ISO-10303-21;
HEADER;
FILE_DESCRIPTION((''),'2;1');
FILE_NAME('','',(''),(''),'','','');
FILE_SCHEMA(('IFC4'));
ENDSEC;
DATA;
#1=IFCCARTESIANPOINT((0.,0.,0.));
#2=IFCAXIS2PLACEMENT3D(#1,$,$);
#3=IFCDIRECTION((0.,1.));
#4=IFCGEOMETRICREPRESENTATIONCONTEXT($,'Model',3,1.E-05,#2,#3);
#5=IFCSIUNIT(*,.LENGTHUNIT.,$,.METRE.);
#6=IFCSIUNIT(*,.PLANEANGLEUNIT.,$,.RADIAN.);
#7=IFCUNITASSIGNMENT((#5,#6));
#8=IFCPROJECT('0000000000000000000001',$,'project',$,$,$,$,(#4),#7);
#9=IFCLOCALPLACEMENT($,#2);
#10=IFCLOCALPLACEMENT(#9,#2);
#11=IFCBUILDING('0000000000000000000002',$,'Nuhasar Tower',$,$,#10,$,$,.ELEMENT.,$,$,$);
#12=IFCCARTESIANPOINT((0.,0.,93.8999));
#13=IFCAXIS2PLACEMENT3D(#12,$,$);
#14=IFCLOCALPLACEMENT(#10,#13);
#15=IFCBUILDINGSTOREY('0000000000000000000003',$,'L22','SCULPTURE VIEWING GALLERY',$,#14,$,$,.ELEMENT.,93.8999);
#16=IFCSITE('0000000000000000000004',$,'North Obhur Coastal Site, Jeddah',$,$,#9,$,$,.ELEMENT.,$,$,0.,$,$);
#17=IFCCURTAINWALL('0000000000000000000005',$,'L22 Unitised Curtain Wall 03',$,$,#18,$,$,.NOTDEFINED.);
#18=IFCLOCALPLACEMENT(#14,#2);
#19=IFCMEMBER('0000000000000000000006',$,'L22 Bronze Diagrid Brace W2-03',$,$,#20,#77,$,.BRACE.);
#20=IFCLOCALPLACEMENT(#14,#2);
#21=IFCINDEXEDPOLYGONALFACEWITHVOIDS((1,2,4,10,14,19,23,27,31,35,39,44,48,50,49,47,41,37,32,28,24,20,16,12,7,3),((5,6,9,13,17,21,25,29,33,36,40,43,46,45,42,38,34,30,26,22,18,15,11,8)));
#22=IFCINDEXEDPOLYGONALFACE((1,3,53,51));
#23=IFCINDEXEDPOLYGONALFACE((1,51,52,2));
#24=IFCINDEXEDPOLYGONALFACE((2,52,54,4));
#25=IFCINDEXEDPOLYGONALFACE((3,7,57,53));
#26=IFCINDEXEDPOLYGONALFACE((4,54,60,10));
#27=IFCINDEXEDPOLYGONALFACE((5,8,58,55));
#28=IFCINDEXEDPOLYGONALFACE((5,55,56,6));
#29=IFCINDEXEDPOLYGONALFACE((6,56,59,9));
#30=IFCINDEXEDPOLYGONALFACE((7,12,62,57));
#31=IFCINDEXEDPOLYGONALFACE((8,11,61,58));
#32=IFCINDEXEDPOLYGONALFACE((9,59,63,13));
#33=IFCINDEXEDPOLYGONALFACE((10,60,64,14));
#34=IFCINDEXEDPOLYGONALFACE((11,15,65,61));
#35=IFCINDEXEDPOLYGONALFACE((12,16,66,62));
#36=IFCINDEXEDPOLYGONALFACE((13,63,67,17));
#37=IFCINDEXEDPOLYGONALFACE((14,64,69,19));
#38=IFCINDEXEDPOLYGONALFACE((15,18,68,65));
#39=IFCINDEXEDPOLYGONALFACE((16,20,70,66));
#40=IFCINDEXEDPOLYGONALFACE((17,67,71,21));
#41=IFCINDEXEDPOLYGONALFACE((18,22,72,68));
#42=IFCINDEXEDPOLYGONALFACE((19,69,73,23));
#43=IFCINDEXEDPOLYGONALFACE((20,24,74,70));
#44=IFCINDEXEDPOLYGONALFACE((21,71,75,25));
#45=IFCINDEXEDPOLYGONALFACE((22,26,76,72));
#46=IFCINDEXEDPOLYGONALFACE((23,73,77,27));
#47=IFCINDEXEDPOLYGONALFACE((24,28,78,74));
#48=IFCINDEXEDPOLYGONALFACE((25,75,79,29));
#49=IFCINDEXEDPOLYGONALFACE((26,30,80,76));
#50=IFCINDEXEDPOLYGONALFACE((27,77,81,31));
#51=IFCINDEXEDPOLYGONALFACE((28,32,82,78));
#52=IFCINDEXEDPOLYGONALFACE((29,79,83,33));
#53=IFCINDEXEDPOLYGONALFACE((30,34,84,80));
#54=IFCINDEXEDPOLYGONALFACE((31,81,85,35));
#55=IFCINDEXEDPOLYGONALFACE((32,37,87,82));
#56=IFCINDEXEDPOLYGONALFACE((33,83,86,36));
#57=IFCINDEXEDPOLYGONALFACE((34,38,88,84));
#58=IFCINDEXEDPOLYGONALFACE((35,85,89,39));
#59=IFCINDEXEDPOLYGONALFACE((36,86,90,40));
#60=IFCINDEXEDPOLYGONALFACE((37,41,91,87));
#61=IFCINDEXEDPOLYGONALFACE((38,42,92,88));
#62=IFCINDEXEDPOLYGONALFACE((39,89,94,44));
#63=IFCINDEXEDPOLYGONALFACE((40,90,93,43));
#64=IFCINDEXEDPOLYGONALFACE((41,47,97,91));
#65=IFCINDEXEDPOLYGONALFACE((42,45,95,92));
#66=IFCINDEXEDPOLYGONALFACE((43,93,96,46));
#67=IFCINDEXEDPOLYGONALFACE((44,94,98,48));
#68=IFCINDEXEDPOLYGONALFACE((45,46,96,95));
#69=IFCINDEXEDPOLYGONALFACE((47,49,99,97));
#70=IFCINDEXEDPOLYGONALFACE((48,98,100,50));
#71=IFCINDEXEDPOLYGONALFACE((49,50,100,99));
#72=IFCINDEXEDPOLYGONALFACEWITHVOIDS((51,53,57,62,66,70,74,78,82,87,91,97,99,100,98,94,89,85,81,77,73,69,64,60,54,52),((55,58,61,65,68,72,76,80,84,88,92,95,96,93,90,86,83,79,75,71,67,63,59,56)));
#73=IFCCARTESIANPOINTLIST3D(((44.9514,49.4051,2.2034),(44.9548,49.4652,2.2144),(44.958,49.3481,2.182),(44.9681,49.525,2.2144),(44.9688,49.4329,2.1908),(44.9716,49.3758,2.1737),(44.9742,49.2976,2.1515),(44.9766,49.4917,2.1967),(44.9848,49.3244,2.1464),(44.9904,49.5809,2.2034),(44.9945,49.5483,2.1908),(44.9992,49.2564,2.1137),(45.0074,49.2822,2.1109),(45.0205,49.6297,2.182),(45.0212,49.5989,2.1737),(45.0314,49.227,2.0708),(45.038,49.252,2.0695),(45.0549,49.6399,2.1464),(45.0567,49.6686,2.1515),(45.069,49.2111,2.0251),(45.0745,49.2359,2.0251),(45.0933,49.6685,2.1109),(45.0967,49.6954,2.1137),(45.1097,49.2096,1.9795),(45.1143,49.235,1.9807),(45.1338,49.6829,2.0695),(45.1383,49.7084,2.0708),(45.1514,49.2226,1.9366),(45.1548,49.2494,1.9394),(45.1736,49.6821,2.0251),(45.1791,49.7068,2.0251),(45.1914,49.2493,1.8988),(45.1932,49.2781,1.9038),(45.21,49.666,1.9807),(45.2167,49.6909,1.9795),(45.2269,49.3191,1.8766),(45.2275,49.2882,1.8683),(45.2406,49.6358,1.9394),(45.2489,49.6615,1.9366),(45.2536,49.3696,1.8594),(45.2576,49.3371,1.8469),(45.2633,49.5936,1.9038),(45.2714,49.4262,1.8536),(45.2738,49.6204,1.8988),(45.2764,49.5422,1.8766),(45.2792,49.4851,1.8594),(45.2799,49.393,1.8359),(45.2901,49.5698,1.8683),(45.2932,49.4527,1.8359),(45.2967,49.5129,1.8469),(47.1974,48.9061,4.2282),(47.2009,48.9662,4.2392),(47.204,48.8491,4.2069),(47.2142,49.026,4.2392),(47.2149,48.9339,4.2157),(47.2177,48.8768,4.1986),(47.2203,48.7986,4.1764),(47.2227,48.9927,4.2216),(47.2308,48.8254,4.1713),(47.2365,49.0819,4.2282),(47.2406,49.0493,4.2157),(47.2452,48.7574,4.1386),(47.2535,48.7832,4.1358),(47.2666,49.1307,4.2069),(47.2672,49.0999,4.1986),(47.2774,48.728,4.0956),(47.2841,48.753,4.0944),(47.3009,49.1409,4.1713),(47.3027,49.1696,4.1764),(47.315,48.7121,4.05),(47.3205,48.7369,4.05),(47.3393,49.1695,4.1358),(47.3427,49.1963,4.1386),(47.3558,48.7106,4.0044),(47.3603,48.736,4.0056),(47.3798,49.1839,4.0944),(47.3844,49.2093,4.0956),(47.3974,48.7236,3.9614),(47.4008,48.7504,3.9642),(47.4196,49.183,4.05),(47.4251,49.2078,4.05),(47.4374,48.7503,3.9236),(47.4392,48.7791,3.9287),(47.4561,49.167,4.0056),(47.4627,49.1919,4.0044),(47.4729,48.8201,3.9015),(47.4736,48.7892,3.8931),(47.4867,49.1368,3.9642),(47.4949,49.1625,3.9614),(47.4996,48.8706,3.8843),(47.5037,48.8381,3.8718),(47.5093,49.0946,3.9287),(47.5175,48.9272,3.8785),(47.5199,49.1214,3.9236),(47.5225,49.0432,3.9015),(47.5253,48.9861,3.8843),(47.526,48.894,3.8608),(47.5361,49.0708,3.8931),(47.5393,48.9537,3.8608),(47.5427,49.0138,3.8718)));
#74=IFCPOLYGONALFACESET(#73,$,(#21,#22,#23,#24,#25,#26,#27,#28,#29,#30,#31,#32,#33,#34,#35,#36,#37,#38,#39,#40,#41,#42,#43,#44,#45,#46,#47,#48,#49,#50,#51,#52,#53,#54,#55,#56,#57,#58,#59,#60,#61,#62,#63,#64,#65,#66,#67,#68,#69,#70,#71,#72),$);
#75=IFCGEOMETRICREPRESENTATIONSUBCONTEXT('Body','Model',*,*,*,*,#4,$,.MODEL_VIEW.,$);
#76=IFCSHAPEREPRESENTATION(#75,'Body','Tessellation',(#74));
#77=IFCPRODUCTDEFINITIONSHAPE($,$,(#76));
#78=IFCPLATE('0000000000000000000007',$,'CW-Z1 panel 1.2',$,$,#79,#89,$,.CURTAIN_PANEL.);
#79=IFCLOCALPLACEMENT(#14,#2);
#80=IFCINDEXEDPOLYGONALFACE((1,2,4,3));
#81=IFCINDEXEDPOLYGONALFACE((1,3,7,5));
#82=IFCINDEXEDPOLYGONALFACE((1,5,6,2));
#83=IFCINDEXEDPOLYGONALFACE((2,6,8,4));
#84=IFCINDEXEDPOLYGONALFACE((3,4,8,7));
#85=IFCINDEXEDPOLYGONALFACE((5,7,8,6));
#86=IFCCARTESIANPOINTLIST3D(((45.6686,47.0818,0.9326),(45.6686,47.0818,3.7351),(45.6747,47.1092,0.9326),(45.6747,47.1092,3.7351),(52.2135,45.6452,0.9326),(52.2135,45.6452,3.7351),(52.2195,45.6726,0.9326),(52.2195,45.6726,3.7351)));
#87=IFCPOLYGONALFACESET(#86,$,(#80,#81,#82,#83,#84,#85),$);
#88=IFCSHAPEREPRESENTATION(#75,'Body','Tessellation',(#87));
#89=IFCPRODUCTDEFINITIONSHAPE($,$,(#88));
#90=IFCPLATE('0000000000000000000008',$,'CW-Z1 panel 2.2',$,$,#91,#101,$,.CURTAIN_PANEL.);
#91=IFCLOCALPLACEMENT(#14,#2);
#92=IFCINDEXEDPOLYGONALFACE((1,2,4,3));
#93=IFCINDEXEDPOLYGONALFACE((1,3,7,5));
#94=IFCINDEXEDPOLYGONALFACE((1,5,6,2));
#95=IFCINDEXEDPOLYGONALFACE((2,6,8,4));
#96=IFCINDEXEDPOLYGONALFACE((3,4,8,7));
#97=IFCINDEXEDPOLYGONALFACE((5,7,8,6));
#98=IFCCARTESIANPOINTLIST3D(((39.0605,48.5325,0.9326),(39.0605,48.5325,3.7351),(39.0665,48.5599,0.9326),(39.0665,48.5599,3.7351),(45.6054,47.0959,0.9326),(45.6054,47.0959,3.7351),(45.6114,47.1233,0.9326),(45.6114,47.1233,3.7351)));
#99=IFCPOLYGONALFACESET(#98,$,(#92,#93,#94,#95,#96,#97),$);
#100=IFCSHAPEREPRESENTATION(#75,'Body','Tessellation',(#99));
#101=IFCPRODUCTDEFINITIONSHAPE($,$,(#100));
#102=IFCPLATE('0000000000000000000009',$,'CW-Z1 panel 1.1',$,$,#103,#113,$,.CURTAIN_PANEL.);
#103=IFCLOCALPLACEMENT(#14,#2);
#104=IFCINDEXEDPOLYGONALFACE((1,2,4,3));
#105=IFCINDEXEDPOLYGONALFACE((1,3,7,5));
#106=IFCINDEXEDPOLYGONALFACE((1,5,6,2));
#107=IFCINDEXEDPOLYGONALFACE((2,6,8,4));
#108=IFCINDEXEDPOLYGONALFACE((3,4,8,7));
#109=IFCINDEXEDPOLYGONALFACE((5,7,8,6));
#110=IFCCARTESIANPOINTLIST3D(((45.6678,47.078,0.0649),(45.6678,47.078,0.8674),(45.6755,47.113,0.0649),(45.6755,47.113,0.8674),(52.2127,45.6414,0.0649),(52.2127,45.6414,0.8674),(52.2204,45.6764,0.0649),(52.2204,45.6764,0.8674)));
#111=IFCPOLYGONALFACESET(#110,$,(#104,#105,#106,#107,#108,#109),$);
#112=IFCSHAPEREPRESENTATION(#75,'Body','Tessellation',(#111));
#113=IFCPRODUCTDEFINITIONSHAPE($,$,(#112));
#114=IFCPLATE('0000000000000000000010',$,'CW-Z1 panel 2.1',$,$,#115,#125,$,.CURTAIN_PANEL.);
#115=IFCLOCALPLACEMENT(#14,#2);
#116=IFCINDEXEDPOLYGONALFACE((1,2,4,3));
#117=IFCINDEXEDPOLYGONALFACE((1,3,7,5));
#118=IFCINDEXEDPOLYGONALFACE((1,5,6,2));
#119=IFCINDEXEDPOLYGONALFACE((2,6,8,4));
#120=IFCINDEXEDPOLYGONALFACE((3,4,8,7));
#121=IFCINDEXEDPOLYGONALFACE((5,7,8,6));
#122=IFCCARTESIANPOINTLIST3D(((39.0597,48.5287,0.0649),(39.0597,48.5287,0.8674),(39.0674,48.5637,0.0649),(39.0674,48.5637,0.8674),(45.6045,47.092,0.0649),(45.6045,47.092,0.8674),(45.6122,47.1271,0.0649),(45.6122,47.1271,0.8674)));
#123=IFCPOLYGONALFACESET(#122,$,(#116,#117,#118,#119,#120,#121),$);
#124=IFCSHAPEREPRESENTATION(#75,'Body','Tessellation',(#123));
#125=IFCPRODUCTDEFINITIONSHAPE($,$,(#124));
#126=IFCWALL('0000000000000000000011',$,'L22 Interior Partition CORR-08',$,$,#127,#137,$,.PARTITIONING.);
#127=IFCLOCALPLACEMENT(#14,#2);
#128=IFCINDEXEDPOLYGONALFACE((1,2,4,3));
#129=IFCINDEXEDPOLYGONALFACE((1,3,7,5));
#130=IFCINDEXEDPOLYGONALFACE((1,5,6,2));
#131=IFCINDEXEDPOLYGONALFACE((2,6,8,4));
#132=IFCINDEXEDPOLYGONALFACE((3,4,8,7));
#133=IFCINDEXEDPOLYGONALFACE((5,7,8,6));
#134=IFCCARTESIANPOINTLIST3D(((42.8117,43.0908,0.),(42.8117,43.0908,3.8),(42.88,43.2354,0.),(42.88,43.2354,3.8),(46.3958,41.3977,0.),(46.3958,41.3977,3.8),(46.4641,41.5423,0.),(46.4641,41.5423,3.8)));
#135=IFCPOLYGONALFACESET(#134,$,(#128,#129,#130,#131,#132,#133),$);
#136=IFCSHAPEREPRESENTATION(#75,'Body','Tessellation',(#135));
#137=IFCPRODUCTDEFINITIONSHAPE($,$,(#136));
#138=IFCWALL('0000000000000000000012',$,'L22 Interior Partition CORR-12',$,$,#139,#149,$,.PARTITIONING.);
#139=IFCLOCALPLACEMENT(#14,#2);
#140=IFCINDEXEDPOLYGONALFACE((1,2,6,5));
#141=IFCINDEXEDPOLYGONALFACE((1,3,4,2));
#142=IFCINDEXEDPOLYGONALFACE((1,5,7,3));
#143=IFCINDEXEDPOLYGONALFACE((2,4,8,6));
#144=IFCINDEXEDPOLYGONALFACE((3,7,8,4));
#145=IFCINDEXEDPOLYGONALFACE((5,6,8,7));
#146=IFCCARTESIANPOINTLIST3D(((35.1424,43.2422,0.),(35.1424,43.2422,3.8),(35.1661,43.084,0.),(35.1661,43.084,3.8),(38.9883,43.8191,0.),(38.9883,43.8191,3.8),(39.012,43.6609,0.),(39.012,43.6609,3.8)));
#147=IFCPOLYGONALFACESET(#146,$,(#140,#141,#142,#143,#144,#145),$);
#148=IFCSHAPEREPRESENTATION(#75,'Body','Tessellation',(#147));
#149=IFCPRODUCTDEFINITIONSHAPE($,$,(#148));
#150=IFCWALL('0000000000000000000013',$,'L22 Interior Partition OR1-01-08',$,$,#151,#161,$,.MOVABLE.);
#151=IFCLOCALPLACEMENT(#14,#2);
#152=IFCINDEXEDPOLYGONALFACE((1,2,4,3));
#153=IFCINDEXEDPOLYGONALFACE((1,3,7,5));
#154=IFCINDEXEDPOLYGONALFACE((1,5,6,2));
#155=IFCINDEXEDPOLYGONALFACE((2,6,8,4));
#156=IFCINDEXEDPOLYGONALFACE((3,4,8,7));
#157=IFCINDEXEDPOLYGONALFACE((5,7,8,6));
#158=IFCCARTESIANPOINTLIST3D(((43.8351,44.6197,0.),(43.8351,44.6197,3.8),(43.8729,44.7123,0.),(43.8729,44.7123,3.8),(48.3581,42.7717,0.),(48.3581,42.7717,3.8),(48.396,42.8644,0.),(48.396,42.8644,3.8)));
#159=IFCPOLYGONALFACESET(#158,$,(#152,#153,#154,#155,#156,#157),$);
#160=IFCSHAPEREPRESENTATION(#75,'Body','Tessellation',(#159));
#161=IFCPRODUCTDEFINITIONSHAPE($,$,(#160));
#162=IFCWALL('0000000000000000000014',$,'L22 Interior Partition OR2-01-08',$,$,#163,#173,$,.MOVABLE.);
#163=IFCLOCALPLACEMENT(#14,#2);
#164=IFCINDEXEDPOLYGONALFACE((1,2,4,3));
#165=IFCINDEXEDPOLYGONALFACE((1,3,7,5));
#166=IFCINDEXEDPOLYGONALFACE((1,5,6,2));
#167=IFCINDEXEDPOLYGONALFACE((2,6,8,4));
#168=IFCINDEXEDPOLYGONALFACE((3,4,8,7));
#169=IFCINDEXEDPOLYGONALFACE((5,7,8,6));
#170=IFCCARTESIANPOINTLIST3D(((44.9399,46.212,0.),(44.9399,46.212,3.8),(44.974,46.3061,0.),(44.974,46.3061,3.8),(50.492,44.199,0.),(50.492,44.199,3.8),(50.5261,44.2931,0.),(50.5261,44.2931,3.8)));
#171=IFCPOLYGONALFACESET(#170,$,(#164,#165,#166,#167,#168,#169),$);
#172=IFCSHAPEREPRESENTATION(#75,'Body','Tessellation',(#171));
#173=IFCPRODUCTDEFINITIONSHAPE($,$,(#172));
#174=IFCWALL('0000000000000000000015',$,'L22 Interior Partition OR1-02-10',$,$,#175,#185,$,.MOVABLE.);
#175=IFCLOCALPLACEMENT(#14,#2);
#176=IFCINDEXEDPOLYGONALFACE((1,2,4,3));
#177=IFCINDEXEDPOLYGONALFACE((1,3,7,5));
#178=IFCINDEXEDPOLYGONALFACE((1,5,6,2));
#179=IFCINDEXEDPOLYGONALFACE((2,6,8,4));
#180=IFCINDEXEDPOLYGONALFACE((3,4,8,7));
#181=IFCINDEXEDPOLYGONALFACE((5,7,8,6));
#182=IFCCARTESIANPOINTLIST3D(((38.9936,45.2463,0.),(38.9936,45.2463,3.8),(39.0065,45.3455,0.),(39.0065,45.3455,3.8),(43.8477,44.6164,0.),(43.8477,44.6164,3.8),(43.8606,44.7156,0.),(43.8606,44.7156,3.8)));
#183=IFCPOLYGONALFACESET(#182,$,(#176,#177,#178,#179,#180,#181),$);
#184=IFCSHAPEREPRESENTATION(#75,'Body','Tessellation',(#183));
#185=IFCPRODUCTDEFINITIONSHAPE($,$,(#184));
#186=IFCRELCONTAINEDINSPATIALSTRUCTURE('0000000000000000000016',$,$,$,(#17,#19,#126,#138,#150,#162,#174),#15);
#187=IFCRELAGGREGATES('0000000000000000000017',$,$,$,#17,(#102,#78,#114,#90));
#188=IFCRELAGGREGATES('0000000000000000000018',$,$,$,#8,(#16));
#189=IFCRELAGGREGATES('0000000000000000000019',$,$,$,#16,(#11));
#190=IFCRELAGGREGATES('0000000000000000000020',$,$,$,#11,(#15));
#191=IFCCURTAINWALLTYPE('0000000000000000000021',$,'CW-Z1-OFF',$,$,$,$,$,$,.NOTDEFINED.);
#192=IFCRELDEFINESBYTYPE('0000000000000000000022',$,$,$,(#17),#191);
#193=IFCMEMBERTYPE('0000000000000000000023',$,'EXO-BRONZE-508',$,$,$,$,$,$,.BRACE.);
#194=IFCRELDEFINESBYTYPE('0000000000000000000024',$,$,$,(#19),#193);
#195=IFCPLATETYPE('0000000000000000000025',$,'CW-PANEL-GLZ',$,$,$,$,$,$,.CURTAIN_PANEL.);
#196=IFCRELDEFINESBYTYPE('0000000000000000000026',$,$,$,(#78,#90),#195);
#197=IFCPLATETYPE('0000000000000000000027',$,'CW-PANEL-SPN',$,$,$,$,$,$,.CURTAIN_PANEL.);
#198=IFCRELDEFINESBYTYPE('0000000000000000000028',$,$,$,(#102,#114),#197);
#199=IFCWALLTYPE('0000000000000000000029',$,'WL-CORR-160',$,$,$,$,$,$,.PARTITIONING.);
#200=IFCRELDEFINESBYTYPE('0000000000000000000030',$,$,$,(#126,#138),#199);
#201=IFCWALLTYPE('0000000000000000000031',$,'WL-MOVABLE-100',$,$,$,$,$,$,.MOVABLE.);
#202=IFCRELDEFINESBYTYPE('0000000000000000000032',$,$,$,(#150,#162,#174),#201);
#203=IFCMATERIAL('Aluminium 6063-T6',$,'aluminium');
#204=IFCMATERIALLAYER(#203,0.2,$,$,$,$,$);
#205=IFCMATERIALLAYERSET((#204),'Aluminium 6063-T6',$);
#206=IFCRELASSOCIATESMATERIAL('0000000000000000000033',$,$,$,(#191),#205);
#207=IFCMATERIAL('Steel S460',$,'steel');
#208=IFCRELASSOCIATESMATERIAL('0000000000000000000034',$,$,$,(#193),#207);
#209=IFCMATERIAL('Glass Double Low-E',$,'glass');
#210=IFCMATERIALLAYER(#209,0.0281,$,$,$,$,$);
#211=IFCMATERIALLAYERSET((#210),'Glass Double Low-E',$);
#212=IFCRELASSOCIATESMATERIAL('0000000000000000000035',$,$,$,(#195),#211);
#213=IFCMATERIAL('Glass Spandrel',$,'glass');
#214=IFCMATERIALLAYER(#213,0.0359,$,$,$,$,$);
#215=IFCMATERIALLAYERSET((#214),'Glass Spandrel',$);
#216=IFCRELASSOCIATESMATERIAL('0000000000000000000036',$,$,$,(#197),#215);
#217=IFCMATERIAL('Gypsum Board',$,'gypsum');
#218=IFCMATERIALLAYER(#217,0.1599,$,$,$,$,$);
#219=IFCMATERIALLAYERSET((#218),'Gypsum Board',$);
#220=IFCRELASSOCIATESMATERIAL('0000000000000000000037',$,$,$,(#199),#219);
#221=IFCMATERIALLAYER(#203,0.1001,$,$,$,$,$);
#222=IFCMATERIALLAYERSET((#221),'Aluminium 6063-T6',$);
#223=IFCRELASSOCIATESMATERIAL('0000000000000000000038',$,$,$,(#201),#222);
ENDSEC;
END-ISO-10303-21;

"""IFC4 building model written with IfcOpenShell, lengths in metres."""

from ifc_helpers import new_model, si_unit, direction, frame, frame_2d, origin, origin_2d, place, context, subcontext, project, spatial, rectangle, hollow_circle, extrude, material, layer, layer_set, material_profile, profile_set, type_object, element, aggregate, save


model = new_model("IFC4")

# Units and contexts
model_context = context("Model", 3, precision=1e-05, world=origin(), true_north=direction((0.0, 1.0)))
body_context = subcontext(model_context, "Body", "Model", "MODEL_VIEW")
ifc_project = project(units=[si_unit("LENGTHUNIT", "METRE"), si_unit("PLANEANGLEUNIT", "RADIAN")], contexts=[model_context])

# Site, building, storey
site_placement = place(None, origin())
site = spatial("IfcSite", under=ifc_project, at=site_placement, Name="North Obhur Coastal Site, Jeddah", CompositionType="ELEMENT", RefElevation=0.0)
building_placement = place(site_placement, origin())
building = spatial("IfcBuilding", under=site, at=building_placement, Name="Nuhasar Tower", CompositionType="ELEMENT")
storey_placement = place(building_placement, frame((0.0, 0.0, 93.8999)))
storey = spatial("IfcBuildingStorey", under=building, at=storey_placement, Name="L22", Description="SCULPTURE VIEWING GALLERY", CompositionType="ELEMENT", Elevation=93.8999)

# Curtain wall
ifc_material_1 = material(Name="Aluminium 6063-T6", Category="aluminium")
ifc_layer_1 = layer(ifc_material_1, 0.2)
ifc_layer_set_1 = layer_set([ifc_layer_1], Name="Aluminium 6063-T6")
curtain_wall_type = type_object("IfcCurtainWallType", Name="CW-Z1-OFF", PredefinedType="NOTDEFINED", material=ifc_layer_set_1)
curtain_wall_placement = place(storey_placement, origin())
curtain_wall = element("IfcCurtainWall", 1, at=curtain_wall_placement, inside=storey, type_object=curtain_wall_type, Name="L22 Unitised Curtain Wall 03", PredefinedType="NOTDEFINED")

# Member
ifc_material_2 = material(Name="Steel S460", Category="steel")
ifc_material_profile_1 = material_profile(ifc_material_2, hollow_circle(Radius=0.2539, WallThickness=0.0254, at=origin_2d()), Name="HSS508X25.4")
ifc_profile_set_1 = profile_set([ifc_material_profile_1], Name="Steel S460")
member_type_1 = type_object("IfcMemberType", Name="EXO-BRONZE-508", PredefinedType="BRACE", material=ifc_profile_set_1)
member_1_placement = place(storey_placement, frame((45.124, 49.459, 2.0251), z_axis=(0.732821, -0.162814, 0.660654), x_axis=(0.216886, 0.976197, 0.0)))
element("IfcMember", 2, at=member_1_placement, inside=storey, type_object=member_type_1, Name="L22 Bronze Diagrid Brace W2-03", PredefinedType="BRACE", context=body_context, shape_type="SweptSolid", body=[
    extrude(hollow_circle(Radius=0.2539, WallThickness=0.0254, at=origin_2d()), origin(), (0.0, 0.0, 1.0), 3.0649),
])

# Plates
ifc_material_3 = material(Name="Glass Double Low-E", Category="glass")
ifc_layer_2 = layer(ifc_material_3, 0.0281)
ifc_layer_set_2 = layer_set([ifc_layer_2], Name="Glass Double Low-E")
plate_type_1 = type_object("IfcPlateType", Name="CW-PANEL-GLZ", PredefinedType="CURTAIN_PANEL", material=ifc_layer_set_2)
plate_1_placement = place(storey_placement, frame((48.9441, 46.3772, 0.9326), z_axis=(0.0, 0.0, 1.0), x_axis=(-0.976746, 0.214399, 0.0)))
plate_1 = element("IfcPlate", 3, at=plate_1_placement, type_object=plate_type_1, Name="CW-Z1 panel 1.2", PredefinedType="CURTAIN_PANEL", context=body_context, shape_type="SweptSolid", body=[
    extrude(rectangle(XDim=6.7007, YDim=0.0281, at=origin_2d()), origin(), (0.0, 0.0, 1.0), 2.8025),
])
plate_2_placement = place(storey_placement, frame((42.3359, 47.8279, 0.9326), z_axis=(0.0, 0.0, 1.0), x_axis=(-0.976746, 0.214399, 0.0)))
plate_2 = element("IfcPlate", 4, at=plate_2_placement, type_object=plate_type_1, Name="CW-Z1 panel 2.2", PredefinedType="CURTAIN_PANEL", context=body_context, shape_type="SweptSolid", body=[
    extrude(rectangle(XDim=6.7007, YDim=0.0281, at=origin_2d()), origin(), (0.0, 0.0, 1.0), 2.8025),
])
ifc_material_4 = material(Name="Glass Spandrel", Category="glass")
ifc_layer_3 = layer(ifc_material_4, 0.0359)
ifc_layer_set_3 = layer_set([ifc_layer_3], Name="Glass Spandrel")
plate_type_2 = type_object("IfcPlateType", Name="CW-PANEL-SPN", PredefinedType="CURTAIN_PANEL", material=ifc_layer_set_3)
plate_3_placement = place(storey_placement, frame((48.9441, 46.3772, 0.0649), z_axis=(0.0, 0.0, 1.0), x_axis=(-0.976746, 0.214399, 0.0)))
plate_3 = element("IfcPlate", 5, at=plate_3_placement, type_object=plate_type_2, Name="CW-Z1 panel 1.1", PredefinedType="CURTAIN_PANEL", context=body_context, shape_type="SweptSolid", body=[
    extrude(rectangle(XDim=6.7007, YDim=0.0359, at=origin_2d()), origin(), (0.0, 0.0, 1.0), 0.8025),
])
plate_4_placement = place(storey_placement, frame((42.3359, 47.8279, 0.0649), z_axis=(0.0, 0.0, 1.0), x_axis=(-0.976746, 0.214399, 0.0)))
plate_4 = element("IfcPlate", 6, at=plate_4_placement, type_object=plate_type_2, Name="CW-Z1 panel 2.1", PredefinedType="CURTAIN_PANEL", context=body_context, shape_type="SweptSolid", body=[
    extrude(rectangle(XDim=6.7007, YDim=0.0359, at=origin_2d()), origin(), (0.0, 0.0, 1.0), 0.8025),
])
aggregate(curtain_wall, [plate_3, plate_1, plate_4, plate_2])

# Wall
ifc_material_5 = material(Name="Gypsum Board", Category="gypsum")
ifc_layer_4 = layer(ifc_material_5, 0.1599)
ifc_layer_set_4 = layer_set([ifc_layer_4], Name="Gypsum Board")
wall_type_1 = type_object("IfcWallType", Name="WL-CORR-160", PredefinedType="PARTITIONING", material=ifc_layer_set_4)
wall_1_placement = place(storey_placement, frame((46.4299, 41.47, 0.0), z_axis=(0.0, 0.0, 1.0), x_axis=(-0.904183, 0.427146, 0.0)))
element("IfcWall", 7, at=wall_1_placement, inside=storey, type_object=wall_type_1, Name="L22 Interior Partition CORR-08", PredefinedType="PARTITIONING", context=body_context, shape_type="SweptSolid", body=[
    extrude(rectangle(XDim=3.9639, YDim=0.1599, at=frame_2d((1.9819, 0.0))), origin(), (0.0, 0.0, 1.0), 3.8),
])

# Walls
wall_2_placement = place(storey_placement, frame((39.0, 43.74, 0.0), z_axis=(0.0, 0.0, 1.0), x_axis=(-0.988936, -0.148344, 0.0)))
element("IfcWall", 8, at=wall_2_placement, inside=storey, type_object=wall_type_1, Name="L22 Interior Partition CORR-12", PredefinedType="PARTITIONING", context=body_context, shape_type="SweptSolid", body=[
    extrude(rectangle(XDim=3.8889, YDim=0.1599, at=frame_2d((1.9443, 0.0))), origin(), (0.0, 0.0, 1.0), 3.8),
])
ifc_layer_5 = layer(ifc_material_1, 0.1001)
ifc_layer_set_5 = layer_set([ifc_layer_5], Name="Aluminium 6063-T6")
wall_type_2 = type_object("IfcWallType", Name="WL-MOVABLE-100", PredefinedType="MOVABLE", material=ifc_layer_set_5)
wall_3_placement = place(storey_placement, frame((48.377, 42.8181, 0.0), z_axis=(0.0, 0.0, 1.0), x_axis=(-0.925719, 0.378213, 0.0)))
element("IfcWall", 9, at=wall_3_placement, inside=storey, type_object=wall_type_2, Name="L22 Interior Partition OR1-01-08", PredefinedType="MOVABLE", context=body_context, shape_type="SweptSolid", body=[
    extrude(rectangle(XDim=4.886, YDim=0.1001, at=frame_2d((2.4429, 0.0))), origin(), (0.0, 0.0, 1.0), 3.8),
])
wall_4_placement = place(storey_placement, frame((50.509, 44.2461, 0.0), z_axis=(0.0, 0.0, 1.0), x_axis=(-0.940118, 0.34085, 0.0)))
element("IfcWall", 10, at=wall_4_placement, inside=storey, type_object=wall_type_2, Name="L22 Interior Partition OR2-01-08", PredefinedType="MOVABLE", context=body_context, shape_type="SweptSolid", body=[
    extrude(rectangle(XDim=5.9058, YDim=0.1001, at=frame_2d((2.9529, 0.0))), origin(), (0.0, 0.0, 1.0), 3.8),
])
wall_5_placement = place(storey_placement, frame((43.854, 44.666, 0.0), z_axis=(0.0, 0.0, 1.0), x_axis=(-0.991685, 0.128687, 0.0)))
element("IfcWall", 11, at=wall_5_placement, inside=storey, type_object=wall_type_2, Name="L22 Interior Partition OR1-02-10", PredefinedType="MOVABLE", context=body_context, shape_type="SweptSolid", body=[
    extrude(rectangle(XDim=4.8948, YDim=0.1001, at=frame_2d((2.4473, 0.0))), origin(), (0.0, 0.0, 1.0), 3.8),
])

save(model, "model.ifc")
